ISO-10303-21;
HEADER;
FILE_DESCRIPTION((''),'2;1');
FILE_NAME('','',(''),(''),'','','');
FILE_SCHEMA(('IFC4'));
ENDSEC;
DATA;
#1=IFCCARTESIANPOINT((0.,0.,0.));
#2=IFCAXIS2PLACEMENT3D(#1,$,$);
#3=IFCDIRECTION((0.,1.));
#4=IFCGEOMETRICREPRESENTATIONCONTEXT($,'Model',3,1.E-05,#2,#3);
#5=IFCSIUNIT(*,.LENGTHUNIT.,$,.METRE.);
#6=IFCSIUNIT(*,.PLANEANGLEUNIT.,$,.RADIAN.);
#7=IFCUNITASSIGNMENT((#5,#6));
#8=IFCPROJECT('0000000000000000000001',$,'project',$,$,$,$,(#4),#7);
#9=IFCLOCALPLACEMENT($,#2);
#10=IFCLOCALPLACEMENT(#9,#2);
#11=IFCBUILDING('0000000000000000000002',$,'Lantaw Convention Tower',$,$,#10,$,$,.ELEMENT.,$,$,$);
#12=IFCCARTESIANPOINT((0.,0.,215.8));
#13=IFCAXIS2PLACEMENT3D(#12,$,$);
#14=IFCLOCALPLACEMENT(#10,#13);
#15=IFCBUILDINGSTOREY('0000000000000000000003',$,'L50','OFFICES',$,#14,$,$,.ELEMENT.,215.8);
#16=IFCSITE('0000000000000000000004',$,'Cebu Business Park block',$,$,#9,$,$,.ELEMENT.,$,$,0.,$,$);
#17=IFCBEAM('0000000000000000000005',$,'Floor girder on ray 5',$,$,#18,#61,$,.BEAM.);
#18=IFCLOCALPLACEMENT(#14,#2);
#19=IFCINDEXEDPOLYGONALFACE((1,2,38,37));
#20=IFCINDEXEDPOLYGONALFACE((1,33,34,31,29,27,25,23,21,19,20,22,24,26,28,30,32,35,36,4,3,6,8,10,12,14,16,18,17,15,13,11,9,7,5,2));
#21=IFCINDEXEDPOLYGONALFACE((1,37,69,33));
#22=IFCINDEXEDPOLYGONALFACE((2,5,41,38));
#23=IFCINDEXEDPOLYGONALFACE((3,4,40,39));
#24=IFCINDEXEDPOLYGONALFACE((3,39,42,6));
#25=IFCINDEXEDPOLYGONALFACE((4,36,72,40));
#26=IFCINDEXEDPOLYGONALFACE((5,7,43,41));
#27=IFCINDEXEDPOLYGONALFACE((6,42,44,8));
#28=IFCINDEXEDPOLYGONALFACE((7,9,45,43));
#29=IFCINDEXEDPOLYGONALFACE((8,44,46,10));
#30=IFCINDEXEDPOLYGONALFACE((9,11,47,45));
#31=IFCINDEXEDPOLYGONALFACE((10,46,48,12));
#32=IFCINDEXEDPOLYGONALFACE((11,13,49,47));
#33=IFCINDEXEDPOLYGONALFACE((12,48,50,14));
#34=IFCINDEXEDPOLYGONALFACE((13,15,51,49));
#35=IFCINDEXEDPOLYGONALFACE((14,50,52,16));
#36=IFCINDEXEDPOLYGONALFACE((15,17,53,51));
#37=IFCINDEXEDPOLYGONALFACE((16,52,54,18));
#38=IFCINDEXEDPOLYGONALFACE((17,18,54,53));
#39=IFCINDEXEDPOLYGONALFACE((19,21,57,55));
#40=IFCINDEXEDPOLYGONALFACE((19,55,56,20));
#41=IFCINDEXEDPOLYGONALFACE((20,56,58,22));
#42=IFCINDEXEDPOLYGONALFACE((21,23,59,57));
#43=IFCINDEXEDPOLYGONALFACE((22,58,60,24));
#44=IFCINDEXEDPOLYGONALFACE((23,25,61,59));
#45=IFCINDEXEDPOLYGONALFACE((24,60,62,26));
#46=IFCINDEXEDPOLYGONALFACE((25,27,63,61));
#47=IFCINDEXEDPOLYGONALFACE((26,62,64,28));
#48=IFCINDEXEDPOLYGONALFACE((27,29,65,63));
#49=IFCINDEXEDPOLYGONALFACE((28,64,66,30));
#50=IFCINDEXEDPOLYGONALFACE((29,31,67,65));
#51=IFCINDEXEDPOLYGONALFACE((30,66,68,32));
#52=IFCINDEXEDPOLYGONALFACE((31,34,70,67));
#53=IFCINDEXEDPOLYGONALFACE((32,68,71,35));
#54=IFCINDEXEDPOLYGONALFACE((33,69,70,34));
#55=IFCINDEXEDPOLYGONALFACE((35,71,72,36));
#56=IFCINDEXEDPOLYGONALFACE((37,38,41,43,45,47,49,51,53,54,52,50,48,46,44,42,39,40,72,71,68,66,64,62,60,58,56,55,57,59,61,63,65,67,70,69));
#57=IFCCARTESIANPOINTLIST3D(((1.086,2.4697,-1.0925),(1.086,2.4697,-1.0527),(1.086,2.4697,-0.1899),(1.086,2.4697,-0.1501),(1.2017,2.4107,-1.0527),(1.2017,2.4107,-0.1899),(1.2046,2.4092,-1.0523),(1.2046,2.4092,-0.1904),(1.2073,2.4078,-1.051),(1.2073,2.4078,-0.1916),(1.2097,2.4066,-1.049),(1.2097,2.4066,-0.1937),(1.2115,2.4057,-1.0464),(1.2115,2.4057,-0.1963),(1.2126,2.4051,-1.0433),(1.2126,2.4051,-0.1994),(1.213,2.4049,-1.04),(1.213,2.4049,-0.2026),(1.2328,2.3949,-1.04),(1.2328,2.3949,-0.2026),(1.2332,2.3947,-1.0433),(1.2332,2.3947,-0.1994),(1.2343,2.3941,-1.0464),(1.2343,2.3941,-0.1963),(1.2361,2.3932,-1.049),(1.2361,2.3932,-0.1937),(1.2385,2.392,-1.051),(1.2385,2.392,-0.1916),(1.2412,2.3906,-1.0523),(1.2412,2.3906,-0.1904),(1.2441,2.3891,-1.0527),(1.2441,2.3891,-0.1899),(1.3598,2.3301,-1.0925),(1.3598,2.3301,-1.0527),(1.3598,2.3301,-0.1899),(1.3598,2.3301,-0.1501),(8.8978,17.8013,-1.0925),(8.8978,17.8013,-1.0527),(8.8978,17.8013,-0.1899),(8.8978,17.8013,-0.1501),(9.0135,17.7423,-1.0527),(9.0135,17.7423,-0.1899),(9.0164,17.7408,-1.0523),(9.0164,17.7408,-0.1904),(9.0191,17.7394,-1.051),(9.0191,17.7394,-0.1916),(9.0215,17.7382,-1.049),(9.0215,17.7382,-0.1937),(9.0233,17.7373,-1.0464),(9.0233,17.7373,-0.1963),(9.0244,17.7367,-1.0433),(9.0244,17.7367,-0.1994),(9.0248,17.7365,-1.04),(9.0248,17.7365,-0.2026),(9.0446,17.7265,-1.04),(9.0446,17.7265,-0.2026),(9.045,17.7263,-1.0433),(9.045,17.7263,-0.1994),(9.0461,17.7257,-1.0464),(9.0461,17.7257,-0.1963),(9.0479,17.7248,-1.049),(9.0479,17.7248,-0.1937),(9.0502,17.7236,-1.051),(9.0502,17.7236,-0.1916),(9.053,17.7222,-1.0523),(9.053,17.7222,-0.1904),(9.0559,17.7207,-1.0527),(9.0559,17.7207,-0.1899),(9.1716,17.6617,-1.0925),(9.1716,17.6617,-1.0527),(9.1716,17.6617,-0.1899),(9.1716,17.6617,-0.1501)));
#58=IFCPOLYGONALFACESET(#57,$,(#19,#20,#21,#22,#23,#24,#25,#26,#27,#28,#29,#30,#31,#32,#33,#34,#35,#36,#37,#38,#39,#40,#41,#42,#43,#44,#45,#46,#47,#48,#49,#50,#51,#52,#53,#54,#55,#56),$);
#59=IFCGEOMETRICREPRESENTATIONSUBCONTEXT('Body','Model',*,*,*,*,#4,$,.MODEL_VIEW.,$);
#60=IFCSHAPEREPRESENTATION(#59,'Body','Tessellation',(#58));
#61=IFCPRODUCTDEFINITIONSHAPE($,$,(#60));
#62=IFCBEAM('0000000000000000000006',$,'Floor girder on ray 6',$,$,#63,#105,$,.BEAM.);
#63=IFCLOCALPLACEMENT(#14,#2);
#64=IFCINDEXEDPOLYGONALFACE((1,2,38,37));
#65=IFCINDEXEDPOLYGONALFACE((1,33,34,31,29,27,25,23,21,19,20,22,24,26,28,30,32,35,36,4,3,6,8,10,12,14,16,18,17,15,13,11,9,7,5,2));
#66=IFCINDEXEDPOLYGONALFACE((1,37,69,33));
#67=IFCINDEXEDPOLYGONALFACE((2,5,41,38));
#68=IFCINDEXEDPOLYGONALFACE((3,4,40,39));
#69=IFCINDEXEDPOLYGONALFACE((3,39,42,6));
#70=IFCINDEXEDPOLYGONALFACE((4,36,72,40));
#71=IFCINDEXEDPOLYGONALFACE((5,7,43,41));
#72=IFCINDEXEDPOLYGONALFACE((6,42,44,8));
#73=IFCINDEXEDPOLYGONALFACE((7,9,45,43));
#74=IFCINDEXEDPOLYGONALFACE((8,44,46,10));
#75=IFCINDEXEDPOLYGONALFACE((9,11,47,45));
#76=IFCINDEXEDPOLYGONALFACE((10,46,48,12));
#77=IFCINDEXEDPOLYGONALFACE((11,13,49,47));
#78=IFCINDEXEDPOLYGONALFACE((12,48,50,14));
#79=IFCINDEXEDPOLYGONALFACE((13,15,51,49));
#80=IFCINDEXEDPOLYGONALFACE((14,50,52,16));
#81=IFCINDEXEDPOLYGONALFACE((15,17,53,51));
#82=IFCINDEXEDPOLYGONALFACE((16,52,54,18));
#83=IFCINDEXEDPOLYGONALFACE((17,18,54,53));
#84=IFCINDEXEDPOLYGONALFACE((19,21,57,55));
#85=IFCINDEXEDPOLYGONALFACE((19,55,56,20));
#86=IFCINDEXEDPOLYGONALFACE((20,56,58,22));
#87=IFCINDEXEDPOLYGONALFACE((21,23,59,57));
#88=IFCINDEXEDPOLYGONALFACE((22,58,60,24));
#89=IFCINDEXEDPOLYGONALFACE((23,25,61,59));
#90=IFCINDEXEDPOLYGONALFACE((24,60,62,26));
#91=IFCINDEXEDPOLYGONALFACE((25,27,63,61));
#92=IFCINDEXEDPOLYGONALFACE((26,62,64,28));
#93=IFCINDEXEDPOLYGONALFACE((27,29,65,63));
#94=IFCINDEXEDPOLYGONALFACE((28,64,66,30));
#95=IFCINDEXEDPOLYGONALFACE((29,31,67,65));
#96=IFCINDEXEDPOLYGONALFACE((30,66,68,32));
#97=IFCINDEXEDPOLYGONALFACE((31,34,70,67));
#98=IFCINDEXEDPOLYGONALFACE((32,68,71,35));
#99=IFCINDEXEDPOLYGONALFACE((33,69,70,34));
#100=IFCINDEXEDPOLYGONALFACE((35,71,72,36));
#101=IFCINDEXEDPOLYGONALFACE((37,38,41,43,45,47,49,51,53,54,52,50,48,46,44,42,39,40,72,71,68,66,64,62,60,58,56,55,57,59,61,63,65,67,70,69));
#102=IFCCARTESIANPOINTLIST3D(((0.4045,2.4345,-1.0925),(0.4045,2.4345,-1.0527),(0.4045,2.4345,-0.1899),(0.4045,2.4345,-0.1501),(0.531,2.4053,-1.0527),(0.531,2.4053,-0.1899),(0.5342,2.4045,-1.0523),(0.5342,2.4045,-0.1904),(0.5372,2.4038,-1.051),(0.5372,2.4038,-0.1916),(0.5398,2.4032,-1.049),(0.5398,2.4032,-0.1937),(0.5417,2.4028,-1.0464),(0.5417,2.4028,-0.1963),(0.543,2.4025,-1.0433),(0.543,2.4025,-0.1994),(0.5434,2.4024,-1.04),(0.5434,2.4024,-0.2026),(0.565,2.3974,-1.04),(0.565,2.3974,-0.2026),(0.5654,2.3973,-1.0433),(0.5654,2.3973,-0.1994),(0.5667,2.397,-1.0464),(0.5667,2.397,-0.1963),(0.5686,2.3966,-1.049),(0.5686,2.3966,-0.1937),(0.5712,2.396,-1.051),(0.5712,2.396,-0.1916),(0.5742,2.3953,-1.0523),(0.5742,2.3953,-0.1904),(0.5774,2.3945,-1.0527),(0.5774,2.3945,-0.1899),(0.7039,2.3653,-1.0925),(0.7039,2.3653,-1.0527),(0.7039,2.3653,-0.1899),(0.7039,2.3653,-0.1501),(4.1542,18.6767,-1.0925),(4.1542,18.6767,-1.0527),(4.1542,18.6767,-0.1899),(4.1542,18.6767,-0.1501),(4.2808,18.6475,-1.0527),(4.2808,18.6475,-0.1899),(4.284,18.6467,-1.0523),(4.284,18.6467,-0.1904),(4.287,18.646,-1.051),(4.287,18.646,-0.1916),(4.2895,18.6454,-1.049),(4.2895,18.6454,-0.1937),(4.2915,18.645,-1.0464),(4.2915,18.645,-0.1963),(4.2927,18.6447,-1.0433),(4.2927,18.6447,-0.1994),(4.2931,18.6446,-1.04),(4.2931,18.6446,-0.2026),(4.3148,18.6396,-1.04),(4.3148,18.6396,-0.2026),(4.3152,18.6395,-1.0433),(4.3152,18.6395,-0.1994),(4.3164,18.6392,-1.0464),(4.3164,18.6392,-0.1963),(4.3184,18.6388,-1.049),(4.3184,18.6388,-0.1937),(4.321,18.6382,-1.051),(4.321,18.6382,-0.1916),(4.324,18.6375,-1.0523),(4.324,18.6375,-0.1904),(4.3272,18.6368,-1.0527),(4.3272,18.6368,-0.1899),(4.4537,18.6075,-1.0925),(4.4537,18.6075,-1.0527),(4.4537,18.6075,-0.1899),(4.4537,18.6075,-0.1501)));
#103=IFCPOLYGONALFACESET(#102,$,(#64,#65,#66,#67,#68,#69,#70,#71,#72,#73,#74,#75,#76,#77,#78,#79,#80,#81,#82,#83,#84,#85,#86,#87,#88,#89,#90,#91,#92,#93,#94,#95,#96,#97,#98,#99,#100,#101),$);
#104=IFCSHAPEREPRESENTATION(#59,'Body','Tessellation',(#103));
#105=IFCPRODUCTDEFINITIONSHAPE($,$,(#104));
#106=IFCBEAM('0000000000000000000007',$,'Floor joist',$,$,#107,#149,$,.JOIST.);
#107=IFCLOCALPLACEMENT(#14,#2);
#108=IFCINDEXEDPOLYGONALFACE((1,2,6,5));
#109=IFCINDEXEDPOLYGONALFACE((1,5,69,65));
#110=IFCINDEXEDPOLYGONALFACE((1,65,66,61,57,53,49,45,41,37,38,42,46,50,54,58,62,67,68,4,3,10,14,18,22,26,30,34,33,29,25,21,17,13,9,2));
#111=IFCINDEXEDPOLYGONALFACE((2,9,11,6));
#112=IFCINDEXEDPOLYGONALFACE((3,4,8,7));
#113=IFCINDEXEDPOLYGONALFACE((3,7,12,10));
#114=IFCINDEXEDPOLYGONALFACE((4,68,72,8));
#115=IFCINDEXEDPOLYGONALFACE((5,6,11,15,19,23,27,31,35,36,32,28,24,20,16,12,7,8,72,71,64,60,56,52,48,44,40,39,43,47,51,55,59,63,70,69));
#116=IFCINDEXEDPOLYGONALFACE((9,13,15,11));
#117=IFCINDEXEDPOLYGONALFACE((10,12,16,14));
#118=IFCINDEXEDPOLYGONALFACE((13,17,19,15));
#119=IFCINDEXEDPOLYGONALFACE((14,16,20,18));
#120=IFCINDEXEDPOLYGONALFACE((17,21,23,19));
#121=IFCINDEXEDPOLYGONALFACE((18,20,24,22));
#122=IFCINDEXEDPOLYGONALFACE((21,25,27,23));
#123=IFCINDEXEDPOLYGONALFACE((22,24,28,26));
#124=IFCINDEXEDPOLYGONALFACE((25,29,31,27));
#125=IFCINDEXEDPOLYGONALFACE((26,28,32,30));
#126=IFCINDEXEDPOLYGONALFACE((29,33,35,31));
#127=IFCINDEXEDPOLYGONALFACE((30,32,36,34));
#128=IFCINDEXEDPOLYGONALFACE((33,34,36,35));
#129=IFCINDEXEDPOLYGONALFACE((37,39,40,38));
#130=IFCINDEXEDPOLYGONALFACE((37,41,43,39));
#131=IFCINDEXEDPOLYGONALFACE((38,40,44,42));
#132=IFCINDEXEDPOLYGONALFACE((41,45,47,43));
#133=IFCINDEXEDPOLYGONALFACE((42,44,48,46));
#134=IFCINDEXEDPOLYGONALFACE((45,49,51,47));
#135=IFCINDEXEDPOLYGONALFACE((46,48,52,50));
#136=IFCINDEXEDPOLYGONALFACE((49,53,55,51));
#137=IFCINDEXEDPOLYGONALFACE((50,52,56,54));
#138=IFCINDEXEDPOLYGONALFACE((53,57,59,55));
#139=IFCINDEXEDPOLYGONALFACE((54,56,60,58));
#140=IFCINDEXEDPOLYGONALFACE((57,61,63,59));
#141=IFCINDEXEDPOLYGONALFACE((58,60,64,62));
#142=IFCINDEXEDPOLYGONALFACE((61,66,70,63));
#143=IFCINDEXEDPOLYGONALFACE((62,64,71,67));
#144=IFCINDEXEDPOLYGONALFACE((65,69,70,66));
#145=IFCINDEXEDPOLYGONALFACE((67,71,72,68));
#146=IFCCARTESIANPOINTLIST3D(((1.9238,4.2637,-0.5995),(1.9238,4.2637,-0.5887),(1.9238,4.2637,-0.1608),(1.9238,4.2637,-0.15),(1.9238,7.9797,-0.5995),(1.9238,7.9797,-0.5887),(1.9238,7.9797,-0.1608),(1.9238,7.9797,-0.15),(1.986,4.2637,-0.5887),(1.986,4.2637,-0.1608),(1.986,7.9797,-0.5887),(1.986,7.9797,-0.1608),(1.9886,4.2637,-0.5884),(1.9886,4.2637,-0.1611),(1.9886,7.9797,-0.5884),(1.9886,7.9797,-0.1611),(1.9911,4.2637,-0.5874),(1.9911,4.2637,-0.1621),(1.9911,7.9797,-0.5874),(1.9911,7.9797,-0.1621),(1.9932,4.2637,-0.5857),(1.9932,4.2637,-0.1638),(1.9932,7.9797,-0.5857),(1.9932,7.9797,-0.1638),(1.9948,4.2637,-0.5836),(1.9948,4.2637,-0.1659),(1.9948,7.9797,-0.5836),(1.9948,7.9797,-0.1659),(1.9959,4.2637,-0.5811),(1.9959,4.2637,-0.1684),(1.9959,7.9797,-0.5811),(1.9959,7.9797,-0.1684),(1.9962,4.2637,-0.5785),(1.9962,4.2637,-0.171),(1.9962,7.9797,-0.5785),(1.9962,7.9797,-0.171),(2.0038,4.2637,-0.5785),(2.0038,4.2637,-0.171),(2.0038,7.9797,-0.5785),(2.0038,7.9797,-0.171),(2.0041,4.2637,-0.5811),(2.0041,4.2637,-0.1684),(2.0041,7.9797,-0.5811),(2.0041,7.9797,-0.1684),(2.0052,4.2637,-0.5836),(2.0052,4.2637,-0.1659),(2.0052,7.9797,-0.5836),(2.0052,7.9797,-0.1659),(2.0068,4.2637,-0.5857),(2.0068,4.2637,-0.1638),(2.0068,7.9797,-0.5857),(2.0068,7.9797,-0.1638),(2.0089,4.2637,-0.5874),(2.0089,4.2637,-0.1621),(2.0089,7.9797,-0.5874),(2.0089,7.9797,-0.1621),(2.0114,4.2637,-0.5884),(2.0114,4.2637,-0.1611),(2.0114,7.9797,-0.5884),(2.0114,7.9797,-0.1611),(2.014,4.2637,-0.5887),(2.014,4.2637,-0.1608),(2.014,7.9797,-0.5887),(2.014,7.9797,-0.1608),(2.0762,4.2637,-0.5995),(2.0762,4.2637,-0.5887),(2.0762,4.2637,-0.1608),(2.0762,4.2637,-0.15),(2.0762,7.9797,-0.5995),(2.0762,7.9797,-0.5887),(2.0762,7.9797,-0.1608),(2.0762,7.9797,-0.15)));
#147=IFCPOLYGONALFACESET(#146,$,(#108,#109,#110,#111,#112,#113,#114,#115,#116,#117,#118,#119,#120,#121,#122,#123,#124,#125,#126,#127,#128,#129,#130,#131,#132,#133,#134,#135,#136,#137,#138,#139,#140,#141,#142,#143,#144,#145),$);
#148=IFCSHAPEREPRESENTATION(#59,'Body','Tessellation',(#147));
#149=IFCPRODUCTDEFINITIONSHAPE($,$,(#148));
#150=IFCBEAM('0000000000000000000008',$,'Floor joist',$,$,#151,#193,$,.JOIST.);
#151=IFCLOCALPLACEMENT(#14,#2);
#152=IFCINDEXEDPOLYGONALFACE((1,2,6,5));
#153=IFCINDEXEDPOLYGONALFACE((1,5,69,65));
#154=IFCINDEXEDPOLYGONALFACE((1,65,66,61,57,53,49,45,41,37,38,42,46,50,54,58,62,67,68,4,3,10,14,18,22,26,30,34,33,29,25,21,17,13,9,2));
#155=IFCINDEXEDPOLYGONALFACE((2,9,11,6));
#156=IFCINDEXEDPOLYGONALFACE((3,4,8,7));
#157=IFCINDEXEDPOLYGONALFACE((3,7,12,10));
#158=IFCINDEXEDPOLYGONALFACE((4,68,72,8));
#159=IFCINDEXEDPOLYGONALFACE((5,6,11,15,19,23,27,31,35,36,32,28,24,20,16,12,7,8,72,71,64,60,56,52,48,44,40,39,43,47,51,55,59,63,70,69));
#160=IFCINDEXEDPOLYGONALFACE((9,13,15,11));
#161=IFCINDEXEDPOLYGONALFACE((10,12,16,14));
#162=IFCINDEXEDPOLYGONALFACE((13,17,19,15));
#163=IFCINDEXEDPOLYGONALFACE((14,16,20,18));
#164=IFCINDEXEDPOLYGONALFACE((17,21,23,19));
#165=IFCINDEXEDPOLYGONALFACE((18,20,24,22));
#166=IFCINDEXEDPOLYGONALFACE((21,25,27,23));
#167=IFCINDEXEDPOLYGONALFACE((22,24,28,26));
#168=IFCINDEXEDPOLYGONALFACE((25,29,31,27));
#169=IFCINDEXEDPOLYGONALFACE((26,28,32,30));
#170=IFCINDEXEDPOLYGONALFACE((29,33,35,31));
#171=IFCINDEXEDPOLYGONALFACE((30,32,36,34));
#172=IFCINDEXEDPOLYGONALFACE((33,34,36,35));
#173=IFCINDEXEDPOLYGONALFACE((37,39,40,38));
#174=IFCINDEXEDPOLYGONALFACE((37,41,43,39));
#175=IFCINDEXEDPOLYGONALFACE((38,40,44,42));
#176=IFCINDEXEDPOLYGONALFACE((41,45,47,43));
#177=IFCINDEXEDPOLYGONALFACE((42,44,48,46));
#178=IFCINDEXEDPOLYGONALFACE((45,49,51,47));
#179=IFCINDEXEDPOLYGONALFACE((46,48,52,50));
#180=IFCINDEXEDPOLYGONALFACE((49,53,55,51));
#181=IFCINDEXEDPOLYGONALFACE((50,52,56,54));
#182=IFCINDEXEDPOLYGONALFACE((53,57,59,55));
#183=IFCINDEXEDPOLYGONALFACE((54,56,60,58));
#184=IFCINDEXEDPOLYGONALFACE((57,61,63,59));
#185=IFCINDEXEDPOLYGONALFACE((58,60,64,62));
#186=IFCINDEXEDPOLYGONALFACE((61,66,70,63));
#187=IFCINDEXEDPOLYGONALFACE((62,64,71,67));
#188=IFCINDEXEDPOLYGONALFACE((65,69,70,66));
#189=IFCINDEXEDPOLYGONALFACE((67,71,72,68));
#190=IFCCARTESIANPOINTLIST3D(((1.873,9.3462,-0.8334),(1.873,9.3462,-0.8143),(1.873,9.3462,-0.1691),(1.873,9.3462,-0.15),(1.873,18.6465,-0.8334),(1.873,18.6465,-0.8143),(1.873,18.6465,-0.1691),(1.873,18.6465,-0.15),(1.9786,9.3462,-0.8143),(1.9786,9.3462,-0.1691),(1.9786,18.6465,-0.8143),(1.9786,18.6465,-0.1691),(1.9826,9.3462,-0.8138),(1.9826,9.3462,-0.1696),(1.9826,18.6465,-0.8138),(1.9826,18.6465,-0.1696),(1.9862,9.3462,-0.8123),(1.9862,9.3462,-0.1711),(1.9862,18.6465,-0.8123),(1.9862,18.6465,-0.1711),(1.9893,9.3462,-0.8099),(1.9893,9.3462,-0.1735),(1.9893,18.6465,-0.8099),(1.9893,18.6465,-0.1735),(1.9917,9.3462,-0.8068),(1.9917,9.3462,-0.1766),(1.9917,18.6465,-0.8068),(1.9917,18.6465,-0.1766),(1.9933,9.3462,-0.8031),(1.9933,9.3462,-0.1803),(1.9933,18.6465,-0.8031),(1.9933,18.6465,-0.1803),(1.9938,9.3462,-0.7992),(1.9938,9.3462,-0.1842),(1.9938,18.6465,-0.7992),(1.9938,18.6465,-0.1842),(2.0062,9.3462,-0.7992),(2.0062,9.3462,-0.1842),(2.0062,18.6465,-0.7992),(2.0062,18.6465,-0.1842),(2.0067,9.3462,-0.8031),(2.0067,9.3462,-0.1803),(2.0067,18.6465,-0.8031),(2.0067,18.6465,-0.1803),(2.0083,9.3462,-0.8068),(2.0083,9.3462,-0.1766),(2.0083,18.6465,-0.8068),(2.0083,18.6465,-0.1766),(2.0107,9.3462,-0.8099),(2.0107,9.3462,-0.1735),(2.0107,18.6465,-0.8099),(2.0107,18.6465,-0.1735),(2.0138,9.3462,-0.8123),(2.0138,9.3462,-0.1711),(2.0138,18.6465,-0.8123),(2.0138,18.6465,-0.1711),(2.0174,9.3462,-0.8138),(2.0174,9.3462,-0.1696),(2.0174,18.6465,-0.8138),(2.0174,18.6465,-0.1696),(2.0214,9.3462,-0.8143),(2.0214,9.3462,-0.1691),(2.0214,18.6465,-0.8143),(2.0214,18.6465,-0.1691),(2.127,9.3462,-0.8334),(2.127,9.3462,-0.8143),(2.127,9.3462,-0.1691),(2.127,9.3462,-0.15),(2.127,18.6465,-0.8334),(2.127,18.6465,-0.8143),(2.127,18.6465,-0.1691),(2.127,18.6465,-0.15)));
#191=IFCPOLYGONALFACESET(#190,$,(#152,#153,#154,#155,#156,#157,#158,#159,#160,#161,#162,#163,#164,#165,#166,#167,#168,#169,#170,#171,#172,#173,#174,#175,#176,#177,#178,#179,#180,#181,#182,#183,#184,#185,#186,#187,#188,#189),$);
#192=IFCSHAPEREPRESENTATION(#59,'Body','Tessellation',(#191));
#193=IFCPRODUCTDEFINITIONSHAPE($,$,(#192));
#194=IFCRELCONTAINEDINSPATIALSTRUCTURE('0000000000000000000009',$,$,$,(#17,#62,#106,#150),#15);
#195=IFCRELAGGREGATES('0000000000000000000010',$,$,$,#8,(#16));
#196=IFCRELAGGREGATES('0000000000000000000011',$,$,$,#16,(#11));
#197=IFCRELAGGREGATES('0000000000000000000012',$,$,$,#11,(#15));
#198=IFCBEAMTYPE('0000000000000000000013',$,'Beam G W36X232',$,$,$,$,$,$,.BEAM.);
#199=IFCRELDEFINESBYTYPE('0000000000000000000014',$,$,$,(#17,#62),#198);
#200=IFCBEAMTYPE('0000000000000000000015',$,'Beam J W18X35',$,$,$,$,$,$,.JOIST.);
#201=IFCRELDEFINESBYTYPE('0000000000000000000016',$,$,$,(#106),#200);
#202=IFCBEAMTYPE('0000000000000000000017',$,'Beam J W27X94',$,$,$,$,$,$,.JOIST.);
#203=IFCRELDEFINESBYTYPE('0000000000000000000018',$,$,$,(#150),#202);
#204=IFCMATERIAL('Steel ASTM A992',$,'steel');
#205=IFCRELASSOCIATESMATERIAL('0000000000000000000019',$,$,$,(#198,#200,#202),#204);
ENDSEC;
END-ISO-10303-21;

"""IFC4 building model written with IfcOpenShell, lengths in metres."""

from ifc_helpers import new_model, si_unit, direction, frame, origin, origin_2d, place, context, subcontext, project, spatial, i_section, extrude, material, material_profile, profile_set, type_object, element, save


model = new_model("IFC4")

# Units and contexts
model_context = context("Model", 3, precision=1e-05, world=origin(), true_north=direction((0.0, 1.0)))
body_context = subcontext(model_context, "Body", "Model", "MODEL_VIEW")
ifc_project = project(units=[si_unit("LENGTHUNIT", "METRE"), si_unit("PLANEANGLEUNIT", "RADIAN")], contexts=[model_context])

# Site, building, storey
site_placement = place(None, origin())
site = spatial("IfcSite", under=ifc_project, at=site_placement, Name="Cebu Business Park block", CompositionType="ELEMENT", RefElevation=0.0)
building_placement = place(site_placement, origin())
building = spatial("IfcBuilding", under=site, at=building_placement, Name="Lantaw Convention Tower", CompositionType="ELEMENT")
storey_placement = place(building_placement, frame((0.0, 0.0, 215.8)))
storey = spatial("IfcBuildingStorey", under=building, at=storey_placement, Name="L50", Description="OFFICES", CompositionType="ELEMENT", Elevation=215.8)

# Beams
ifc_material_1 = material(Name="Steel ASTM A992", Category="steel")
ifc_material_profile_1 = material_profile(ifc_material_1, i_section(OverallWidth=0.3074, OverallDepth=0.9424, WebThickness=0.0222, FlangeThickness=0.0398, FilletRadius=0.0127, at=origin_2d()), Name="W36X232")
ifc_profile_set_1 = profile_set([ifc_material_profile_1], Name="Steel ASTM A992")
beam_type_1 = type_object("IfcBeamType", Name="Beam G W36X232", PredefinedType="BEAM", material=ifc_profile_set_1)
beam_1_placement = place(storey_placement, frame((1.2229, 2.3999, -0.6213), z_axis=(0.453988, 0.891008, 0.0), x_axis=(-0.891008, 0.453988, 0.0)))
element("IfcBeam", 1, at=beam_1_placement, inside=storey, type_object=beam_type_1, Name="Floor girder on ray 5", PredefinedType="BEAM", context=body_context, shape_type="SweptSolid", body=[
    extrude(i_section(OverallWidth=0.3074, OverallDepth=0.9424, WebThickness=0.0222, FlangeThickness=0.0398, FilletRadius=0.0127, at=origin_2d()), origin(), (0.0, 0.0, 1.0), 17.207),
])
beam_2_placement = place(storey_placement, frame((0.5542, 2.3999, -0.6213), z_axis=(0.224948, 0.974371, 0.0), x_axis=(-0.974371, 0.224948, 0.0)))
element("IfcBeam", 2, at=beam_2_placement, inside=storey, type_object=beam_type_1, Name="Floor girder on ray 6", PredefinedType="BEAM", context=body_context, shape_type="SweptSolid", body=[
    extrude(i_section(OverallWidth=0.3074, OverallDepth=0.9424, WebThickness=0.0222, FlangeThickness=0.0398, FilletRadius=0.0127, at=origin_2d()), origin(), (0.0, 0.0, 1.0), 16.6694),
])
ifc_material_profile_2 = material_profile(ifc_material_1, i_section(OverallWidth=0.1523, OverallDepth=0.4495, WebThickness=0.0076, FlangeThickness=0.0107, FilletRadius=0.0103, at=origin_2d()), Name="W18X35")
ifc_profile_set_2 = profile_set([ifc_material_profile_2], Name="Steel ASTM A992")
beam_type_2 = type_object("IfcBeamType", Name="Beam J W18X35", PredefinedType="JOIST", material=ifc_profile_set_2)
beam_3_placement = place(storey_placement, frame((2.0, 4.2637, -0.3748), z_axis=(0.0, 1.0, 0.0), x_axis=(-1.0, 0.0, 0.0)))
element("IfcBeam", 3, at=beam_3_placement, inside=storey, type_object=beam_type_2, Name="Floor joist", PredefinedType="JOIST", context=body_context, shape_type="SweptSolid", body=[
    extrude(i_section(OverallWidth=0.1523, OverallDepth=0.4495, WebThickness=0.0076, FlangeThickness=0.0107, FilletRadius=0.0103, at=origin_2d()), origin(), (0.0, 0.0, 1.0), 3.7161),
])
ifc_material_profile_3 = material_profile(ifc_material_1, i_section(OverallWidth=0.2539, OverallDepth=0.6833, WebThickness=0.0125, FlangeThickness=0.019, FilletRadius=0.0151, at=origin_2d()), Name="W27X94")
ifc_profile_set_3 = profile_set([ifc_material_profile_3], Name="Steel ASTM A992")
beam_type_3 = type_object("IfcBeamType", Name="Beam J W27X94", PredefinedType="JOIST", material=ifc_profile_set_3)
beam_4_placement = place(storey_placement, frame((2.0, 9.3462, -0.4917), z_axis=(0.0, 1.0, 0.0), x_axis=(-1.0, 0.0, 0.0)))
element("IfcBeam", 4, at=beam_4_placement, inside=storey, type_object=beam_type_3, Name="Floor joist", PredefinedType="JOIST", context=body_context, shape_type="SweptSolid", body=[
    extrude(i_section(OverallWidth=0.2539, OverallDepth=0.6833, WebThickness=0.0125, FlangeThickness=0.019, FilletRadius=0.0151, at=origin_2d()), origin(), (0.0, 0.0, 1.0), 9.3003),
])

save(model, "model.ifc")
